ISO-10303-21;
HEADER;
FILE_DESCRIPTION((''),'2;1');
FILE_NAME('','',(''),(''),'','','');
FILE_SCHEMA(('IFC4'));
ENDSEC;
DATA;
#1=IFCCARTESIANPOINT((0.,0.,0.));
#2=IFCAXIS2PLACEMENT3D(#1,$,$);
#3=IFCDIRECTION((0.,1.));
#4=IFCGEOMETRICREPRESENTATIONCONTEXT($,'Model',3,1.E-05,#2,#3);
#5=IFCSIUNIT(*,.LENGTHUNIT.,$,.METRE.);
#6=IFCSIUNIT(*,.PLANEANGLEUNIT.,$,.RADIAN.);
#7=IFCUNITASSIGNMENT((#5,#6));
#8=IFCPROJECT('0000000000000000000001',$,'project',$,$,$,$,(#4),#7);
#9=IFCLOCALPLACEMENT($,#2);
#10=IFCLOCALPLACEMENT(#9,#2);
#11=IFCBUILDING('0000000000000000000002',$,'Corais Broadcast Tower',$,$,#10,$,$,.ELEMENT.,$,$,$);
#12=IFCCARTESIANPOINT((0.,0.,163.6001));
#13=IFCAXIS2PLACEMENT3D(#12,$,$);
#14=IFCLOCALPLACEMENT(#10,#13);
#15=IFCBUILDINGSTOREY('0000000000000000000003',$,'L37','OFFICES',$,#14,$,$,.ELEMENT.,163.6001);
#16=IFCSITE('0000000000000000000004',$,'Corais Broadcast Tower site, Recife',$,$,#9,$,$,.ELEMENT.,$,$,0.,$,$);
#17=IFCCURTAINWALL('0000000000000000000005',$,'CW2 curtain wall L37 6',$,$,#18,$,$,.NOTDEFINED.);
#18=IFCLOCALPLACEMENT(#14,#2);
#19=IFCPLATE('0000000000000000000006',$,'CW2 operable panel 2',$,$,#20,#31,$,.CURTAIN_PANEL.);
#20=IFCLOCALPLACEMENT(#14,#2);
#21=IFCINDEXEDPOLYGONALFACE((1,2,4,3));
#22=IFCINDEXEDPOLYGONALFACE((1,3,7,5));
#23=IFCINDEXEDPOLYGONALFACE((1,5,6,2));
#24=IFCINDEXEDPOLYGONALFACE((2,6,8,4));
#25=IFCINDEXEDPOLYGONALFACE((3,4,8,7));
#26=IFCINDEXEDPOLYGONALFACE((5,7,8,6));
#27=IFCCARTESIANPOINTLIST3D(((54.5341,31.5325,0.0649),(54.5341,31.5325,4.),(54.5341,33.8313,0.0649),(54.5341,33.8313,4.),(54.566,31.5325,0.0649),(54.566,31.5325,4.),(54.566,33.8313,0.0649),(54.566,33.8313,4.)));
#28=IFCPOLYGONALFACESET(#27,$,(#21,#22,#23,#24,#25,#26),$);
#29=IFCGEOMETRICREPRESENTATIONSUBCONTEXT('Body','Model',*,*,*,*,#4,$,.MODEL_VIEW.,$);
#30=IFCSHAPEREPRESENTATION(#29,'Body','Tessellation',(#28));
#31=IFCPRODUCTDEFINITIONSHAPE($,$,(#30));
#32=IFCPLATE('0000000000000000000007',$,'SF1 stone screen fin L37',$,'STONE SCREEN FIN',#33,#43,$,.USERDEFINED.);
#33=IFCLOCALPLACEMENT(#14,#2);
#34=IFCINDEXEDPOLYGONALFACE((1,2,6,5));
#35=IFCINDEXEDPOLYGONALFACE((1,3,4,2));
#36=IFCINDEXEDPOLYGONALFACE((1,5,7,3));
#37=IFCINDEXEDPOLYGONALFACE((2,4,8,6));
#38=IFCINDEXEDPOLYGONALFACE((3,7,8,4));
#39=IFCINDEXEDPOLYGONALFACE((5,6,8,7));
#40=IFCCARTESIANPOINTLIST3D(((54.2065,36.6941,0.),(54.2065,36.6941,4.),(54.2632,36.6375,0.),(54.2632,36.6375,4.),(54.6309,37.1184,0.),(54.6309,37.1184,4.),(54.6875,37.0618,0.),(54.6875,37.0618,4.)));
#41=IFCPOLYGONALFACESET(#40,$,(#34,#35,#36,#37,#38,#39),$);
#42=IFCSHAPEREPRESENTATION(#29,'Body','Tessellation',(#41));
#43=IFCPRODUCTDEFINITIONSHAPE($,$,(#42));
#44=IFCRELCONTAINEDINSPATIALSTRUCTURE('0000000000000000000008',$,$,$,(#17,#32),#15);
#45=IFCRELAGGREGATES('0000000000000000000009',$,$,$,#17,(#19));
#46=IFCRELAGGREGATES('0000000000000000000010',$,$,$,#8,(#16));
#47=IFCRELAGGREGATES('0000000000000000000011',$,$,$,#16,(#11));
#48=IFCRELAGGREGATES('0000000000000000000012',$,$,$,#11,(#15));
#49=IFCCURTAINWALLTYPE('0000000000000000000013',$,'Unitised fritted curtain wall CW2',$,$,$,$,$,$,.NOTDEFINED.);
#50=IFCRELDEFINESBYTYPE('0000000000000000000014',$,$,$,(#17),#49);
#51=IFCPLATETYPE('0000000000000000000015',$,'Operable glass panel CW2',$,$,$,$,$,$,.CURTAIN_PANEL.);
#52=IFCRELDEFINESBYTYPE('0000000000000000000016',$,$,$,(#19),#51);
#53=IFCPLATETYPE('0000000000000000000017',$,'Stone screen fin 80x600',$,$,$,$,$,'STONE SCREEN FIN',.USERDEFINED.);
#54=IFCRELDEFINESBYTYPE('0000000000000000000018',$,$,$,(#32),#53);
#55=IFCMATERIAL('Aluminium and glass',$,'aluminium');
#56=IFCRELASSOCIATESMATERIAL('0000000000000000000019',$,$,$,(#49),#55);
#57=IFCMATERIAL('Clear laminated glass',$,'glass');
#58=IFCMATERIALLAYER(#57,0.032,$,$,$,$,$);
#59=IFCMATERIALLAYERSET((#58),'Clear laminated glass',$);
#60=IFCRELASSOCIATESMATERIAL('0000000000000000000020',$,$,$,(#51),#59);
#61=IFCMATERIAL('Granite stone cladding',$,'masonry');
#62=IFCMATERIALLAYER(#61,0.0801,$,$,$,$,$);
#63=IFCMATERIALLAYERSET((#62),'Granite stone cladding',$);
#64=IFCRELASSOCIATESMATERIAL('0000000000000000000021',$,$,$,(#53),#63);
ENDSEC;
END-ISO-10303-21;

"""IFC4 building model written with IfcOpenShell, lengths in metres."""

from ifc_helpers import new_model, si_unit, direction, frame, origin, origin_2d, place, context, subcontext, project, spatial, rectangle, extrude, material, layer, layer_set, type_object, element, aggregate, save


model = new_model("IFC4")

# Units and contexts
model_context = context("Model", 3, precision=1e-05, world=origin(), true_north=direction((0.0, 1.0)))
body_context = subcontext(model_context, "Body", "Model", "MODEL_VIEW")
ifc_project = project(units=[si_unit("LENGTHUNIT", "METRE"), si_unit("PLANEANGLEUNIT", "RADIAN")], contexts=[model_context])

# Site, building, storey
site_placement = place(None, origin())
site = spatial("IfcSite", under=ifc_project, at=site_placement, Name="Corais Broadcast Tower site, Recife", CompositionType="ELEMENT", RefElevation=0.0)
building_placement = place(site_placement, origin())
building = spatial("IfcBuilding", under=site, at=building_placement, Name="Corais Broadcast Tower", CompositionType="ELEMENT")
storey_placement = place(building_placement, frame((0.0, 0.0, 163.6001)))
storey = spatial("IfcBuildingStorey", under=building, at=storey_placement, Name="L37", Description="OFFICES", CompositionType="ELEMENT", Elevation=163.6001)

# Curtain wall
ifc_material_1 = material(Name="Aluminium and glass", Category="aluminium")
curtain_wall_type = type_object("IfcCurtainWallType", Name="Unitised fritted curtain wall CW2", PredefinedType="NOTDEFINED", material=ifc_material_1)
curtain_wall_1_placement = place(storey_placement, origin())
curtain_wall_1 = element("IfcCurtainWall", 1, at=curtain_wall_1_placement, inside=storey, type_object=curtain_wall_type, Name="CW2 curtain wall L37 6", PredefinedType="NOTDEFINED")

# Plates
ifc_material_2 = material(Name="Clear laminated glass", Category="glass")
ifc_layer_1 = layer(ifc_material_2, 0.032)
ifc_layer_set_1 = layer_set([ifc_layer_1], Name="Clear laminated glass")
plate_type_1 = type_object("IfcPlateType", Name="Operable glass panel CW2", PredefinedType="CURTAIN_PANEL", material=ifc_layer_set_1)
plate_1_placement = place(storey_placement, frame((54.55, 32.6819, 0.0649), z_axis=(0.0, 0.0, 1.0), x_axis=(0.0, -1.0, 0.0)))
plate_1 = element("IfcPlate", 2, at=plate_1_placement, type_object=plate_type_1, Name="CW2 operable panel 2", PredefinedType="CURTAIN_PANEL", context=body_context, shape_type="SweptSolid", body=[
    extrude(rectangle(XDim=2.2988, YDim=0.032, at=origin_2d()), origin(), (0.0, 0.0, 1.0), 3.9351),
])
aggregate(curtain_wall_1, [plate_1])
ifc_material_3 = material(Name="Granite stone cladding", Category="masonry")
ifc_layer_2 = layer(ifc_material_3, 0.0801)
ifc_layer_set_2 = layer_set([ifc_layer_2], Name="Granite stone cladding")
plate_type_2 = type_object("IfcPlateType", Name="Stone screen fin 80x600", ElementType="STONE SCREEN FIN", PredefinedType="USERDEFINED", material=ifc_layer_set_2)
plate_2_placement = place(storey_placement, frame((54.447, 36.8779, 0.0), z_axis=(0.0, 0.0, 1.0), x_axis=(0.707107, -0.707107, 0.0)))
element("IfcPlate", 3, at=plate_2_placement, inside=storey, type_object=plate_type_2, Name="SF1 stone screen fin L37", ObjectType="STONE SCREEN FIN", PredefinedType="USERDEFINED", context=body_context, shape_type="SweptSolid", body=[
    extrude(rectangle(XDim=0.0801, YDim=0.6001, at=origin_2d()), origin(), (0.0, 0.0, 1.0), 4.0),
])

save(model, "model.ifc")
